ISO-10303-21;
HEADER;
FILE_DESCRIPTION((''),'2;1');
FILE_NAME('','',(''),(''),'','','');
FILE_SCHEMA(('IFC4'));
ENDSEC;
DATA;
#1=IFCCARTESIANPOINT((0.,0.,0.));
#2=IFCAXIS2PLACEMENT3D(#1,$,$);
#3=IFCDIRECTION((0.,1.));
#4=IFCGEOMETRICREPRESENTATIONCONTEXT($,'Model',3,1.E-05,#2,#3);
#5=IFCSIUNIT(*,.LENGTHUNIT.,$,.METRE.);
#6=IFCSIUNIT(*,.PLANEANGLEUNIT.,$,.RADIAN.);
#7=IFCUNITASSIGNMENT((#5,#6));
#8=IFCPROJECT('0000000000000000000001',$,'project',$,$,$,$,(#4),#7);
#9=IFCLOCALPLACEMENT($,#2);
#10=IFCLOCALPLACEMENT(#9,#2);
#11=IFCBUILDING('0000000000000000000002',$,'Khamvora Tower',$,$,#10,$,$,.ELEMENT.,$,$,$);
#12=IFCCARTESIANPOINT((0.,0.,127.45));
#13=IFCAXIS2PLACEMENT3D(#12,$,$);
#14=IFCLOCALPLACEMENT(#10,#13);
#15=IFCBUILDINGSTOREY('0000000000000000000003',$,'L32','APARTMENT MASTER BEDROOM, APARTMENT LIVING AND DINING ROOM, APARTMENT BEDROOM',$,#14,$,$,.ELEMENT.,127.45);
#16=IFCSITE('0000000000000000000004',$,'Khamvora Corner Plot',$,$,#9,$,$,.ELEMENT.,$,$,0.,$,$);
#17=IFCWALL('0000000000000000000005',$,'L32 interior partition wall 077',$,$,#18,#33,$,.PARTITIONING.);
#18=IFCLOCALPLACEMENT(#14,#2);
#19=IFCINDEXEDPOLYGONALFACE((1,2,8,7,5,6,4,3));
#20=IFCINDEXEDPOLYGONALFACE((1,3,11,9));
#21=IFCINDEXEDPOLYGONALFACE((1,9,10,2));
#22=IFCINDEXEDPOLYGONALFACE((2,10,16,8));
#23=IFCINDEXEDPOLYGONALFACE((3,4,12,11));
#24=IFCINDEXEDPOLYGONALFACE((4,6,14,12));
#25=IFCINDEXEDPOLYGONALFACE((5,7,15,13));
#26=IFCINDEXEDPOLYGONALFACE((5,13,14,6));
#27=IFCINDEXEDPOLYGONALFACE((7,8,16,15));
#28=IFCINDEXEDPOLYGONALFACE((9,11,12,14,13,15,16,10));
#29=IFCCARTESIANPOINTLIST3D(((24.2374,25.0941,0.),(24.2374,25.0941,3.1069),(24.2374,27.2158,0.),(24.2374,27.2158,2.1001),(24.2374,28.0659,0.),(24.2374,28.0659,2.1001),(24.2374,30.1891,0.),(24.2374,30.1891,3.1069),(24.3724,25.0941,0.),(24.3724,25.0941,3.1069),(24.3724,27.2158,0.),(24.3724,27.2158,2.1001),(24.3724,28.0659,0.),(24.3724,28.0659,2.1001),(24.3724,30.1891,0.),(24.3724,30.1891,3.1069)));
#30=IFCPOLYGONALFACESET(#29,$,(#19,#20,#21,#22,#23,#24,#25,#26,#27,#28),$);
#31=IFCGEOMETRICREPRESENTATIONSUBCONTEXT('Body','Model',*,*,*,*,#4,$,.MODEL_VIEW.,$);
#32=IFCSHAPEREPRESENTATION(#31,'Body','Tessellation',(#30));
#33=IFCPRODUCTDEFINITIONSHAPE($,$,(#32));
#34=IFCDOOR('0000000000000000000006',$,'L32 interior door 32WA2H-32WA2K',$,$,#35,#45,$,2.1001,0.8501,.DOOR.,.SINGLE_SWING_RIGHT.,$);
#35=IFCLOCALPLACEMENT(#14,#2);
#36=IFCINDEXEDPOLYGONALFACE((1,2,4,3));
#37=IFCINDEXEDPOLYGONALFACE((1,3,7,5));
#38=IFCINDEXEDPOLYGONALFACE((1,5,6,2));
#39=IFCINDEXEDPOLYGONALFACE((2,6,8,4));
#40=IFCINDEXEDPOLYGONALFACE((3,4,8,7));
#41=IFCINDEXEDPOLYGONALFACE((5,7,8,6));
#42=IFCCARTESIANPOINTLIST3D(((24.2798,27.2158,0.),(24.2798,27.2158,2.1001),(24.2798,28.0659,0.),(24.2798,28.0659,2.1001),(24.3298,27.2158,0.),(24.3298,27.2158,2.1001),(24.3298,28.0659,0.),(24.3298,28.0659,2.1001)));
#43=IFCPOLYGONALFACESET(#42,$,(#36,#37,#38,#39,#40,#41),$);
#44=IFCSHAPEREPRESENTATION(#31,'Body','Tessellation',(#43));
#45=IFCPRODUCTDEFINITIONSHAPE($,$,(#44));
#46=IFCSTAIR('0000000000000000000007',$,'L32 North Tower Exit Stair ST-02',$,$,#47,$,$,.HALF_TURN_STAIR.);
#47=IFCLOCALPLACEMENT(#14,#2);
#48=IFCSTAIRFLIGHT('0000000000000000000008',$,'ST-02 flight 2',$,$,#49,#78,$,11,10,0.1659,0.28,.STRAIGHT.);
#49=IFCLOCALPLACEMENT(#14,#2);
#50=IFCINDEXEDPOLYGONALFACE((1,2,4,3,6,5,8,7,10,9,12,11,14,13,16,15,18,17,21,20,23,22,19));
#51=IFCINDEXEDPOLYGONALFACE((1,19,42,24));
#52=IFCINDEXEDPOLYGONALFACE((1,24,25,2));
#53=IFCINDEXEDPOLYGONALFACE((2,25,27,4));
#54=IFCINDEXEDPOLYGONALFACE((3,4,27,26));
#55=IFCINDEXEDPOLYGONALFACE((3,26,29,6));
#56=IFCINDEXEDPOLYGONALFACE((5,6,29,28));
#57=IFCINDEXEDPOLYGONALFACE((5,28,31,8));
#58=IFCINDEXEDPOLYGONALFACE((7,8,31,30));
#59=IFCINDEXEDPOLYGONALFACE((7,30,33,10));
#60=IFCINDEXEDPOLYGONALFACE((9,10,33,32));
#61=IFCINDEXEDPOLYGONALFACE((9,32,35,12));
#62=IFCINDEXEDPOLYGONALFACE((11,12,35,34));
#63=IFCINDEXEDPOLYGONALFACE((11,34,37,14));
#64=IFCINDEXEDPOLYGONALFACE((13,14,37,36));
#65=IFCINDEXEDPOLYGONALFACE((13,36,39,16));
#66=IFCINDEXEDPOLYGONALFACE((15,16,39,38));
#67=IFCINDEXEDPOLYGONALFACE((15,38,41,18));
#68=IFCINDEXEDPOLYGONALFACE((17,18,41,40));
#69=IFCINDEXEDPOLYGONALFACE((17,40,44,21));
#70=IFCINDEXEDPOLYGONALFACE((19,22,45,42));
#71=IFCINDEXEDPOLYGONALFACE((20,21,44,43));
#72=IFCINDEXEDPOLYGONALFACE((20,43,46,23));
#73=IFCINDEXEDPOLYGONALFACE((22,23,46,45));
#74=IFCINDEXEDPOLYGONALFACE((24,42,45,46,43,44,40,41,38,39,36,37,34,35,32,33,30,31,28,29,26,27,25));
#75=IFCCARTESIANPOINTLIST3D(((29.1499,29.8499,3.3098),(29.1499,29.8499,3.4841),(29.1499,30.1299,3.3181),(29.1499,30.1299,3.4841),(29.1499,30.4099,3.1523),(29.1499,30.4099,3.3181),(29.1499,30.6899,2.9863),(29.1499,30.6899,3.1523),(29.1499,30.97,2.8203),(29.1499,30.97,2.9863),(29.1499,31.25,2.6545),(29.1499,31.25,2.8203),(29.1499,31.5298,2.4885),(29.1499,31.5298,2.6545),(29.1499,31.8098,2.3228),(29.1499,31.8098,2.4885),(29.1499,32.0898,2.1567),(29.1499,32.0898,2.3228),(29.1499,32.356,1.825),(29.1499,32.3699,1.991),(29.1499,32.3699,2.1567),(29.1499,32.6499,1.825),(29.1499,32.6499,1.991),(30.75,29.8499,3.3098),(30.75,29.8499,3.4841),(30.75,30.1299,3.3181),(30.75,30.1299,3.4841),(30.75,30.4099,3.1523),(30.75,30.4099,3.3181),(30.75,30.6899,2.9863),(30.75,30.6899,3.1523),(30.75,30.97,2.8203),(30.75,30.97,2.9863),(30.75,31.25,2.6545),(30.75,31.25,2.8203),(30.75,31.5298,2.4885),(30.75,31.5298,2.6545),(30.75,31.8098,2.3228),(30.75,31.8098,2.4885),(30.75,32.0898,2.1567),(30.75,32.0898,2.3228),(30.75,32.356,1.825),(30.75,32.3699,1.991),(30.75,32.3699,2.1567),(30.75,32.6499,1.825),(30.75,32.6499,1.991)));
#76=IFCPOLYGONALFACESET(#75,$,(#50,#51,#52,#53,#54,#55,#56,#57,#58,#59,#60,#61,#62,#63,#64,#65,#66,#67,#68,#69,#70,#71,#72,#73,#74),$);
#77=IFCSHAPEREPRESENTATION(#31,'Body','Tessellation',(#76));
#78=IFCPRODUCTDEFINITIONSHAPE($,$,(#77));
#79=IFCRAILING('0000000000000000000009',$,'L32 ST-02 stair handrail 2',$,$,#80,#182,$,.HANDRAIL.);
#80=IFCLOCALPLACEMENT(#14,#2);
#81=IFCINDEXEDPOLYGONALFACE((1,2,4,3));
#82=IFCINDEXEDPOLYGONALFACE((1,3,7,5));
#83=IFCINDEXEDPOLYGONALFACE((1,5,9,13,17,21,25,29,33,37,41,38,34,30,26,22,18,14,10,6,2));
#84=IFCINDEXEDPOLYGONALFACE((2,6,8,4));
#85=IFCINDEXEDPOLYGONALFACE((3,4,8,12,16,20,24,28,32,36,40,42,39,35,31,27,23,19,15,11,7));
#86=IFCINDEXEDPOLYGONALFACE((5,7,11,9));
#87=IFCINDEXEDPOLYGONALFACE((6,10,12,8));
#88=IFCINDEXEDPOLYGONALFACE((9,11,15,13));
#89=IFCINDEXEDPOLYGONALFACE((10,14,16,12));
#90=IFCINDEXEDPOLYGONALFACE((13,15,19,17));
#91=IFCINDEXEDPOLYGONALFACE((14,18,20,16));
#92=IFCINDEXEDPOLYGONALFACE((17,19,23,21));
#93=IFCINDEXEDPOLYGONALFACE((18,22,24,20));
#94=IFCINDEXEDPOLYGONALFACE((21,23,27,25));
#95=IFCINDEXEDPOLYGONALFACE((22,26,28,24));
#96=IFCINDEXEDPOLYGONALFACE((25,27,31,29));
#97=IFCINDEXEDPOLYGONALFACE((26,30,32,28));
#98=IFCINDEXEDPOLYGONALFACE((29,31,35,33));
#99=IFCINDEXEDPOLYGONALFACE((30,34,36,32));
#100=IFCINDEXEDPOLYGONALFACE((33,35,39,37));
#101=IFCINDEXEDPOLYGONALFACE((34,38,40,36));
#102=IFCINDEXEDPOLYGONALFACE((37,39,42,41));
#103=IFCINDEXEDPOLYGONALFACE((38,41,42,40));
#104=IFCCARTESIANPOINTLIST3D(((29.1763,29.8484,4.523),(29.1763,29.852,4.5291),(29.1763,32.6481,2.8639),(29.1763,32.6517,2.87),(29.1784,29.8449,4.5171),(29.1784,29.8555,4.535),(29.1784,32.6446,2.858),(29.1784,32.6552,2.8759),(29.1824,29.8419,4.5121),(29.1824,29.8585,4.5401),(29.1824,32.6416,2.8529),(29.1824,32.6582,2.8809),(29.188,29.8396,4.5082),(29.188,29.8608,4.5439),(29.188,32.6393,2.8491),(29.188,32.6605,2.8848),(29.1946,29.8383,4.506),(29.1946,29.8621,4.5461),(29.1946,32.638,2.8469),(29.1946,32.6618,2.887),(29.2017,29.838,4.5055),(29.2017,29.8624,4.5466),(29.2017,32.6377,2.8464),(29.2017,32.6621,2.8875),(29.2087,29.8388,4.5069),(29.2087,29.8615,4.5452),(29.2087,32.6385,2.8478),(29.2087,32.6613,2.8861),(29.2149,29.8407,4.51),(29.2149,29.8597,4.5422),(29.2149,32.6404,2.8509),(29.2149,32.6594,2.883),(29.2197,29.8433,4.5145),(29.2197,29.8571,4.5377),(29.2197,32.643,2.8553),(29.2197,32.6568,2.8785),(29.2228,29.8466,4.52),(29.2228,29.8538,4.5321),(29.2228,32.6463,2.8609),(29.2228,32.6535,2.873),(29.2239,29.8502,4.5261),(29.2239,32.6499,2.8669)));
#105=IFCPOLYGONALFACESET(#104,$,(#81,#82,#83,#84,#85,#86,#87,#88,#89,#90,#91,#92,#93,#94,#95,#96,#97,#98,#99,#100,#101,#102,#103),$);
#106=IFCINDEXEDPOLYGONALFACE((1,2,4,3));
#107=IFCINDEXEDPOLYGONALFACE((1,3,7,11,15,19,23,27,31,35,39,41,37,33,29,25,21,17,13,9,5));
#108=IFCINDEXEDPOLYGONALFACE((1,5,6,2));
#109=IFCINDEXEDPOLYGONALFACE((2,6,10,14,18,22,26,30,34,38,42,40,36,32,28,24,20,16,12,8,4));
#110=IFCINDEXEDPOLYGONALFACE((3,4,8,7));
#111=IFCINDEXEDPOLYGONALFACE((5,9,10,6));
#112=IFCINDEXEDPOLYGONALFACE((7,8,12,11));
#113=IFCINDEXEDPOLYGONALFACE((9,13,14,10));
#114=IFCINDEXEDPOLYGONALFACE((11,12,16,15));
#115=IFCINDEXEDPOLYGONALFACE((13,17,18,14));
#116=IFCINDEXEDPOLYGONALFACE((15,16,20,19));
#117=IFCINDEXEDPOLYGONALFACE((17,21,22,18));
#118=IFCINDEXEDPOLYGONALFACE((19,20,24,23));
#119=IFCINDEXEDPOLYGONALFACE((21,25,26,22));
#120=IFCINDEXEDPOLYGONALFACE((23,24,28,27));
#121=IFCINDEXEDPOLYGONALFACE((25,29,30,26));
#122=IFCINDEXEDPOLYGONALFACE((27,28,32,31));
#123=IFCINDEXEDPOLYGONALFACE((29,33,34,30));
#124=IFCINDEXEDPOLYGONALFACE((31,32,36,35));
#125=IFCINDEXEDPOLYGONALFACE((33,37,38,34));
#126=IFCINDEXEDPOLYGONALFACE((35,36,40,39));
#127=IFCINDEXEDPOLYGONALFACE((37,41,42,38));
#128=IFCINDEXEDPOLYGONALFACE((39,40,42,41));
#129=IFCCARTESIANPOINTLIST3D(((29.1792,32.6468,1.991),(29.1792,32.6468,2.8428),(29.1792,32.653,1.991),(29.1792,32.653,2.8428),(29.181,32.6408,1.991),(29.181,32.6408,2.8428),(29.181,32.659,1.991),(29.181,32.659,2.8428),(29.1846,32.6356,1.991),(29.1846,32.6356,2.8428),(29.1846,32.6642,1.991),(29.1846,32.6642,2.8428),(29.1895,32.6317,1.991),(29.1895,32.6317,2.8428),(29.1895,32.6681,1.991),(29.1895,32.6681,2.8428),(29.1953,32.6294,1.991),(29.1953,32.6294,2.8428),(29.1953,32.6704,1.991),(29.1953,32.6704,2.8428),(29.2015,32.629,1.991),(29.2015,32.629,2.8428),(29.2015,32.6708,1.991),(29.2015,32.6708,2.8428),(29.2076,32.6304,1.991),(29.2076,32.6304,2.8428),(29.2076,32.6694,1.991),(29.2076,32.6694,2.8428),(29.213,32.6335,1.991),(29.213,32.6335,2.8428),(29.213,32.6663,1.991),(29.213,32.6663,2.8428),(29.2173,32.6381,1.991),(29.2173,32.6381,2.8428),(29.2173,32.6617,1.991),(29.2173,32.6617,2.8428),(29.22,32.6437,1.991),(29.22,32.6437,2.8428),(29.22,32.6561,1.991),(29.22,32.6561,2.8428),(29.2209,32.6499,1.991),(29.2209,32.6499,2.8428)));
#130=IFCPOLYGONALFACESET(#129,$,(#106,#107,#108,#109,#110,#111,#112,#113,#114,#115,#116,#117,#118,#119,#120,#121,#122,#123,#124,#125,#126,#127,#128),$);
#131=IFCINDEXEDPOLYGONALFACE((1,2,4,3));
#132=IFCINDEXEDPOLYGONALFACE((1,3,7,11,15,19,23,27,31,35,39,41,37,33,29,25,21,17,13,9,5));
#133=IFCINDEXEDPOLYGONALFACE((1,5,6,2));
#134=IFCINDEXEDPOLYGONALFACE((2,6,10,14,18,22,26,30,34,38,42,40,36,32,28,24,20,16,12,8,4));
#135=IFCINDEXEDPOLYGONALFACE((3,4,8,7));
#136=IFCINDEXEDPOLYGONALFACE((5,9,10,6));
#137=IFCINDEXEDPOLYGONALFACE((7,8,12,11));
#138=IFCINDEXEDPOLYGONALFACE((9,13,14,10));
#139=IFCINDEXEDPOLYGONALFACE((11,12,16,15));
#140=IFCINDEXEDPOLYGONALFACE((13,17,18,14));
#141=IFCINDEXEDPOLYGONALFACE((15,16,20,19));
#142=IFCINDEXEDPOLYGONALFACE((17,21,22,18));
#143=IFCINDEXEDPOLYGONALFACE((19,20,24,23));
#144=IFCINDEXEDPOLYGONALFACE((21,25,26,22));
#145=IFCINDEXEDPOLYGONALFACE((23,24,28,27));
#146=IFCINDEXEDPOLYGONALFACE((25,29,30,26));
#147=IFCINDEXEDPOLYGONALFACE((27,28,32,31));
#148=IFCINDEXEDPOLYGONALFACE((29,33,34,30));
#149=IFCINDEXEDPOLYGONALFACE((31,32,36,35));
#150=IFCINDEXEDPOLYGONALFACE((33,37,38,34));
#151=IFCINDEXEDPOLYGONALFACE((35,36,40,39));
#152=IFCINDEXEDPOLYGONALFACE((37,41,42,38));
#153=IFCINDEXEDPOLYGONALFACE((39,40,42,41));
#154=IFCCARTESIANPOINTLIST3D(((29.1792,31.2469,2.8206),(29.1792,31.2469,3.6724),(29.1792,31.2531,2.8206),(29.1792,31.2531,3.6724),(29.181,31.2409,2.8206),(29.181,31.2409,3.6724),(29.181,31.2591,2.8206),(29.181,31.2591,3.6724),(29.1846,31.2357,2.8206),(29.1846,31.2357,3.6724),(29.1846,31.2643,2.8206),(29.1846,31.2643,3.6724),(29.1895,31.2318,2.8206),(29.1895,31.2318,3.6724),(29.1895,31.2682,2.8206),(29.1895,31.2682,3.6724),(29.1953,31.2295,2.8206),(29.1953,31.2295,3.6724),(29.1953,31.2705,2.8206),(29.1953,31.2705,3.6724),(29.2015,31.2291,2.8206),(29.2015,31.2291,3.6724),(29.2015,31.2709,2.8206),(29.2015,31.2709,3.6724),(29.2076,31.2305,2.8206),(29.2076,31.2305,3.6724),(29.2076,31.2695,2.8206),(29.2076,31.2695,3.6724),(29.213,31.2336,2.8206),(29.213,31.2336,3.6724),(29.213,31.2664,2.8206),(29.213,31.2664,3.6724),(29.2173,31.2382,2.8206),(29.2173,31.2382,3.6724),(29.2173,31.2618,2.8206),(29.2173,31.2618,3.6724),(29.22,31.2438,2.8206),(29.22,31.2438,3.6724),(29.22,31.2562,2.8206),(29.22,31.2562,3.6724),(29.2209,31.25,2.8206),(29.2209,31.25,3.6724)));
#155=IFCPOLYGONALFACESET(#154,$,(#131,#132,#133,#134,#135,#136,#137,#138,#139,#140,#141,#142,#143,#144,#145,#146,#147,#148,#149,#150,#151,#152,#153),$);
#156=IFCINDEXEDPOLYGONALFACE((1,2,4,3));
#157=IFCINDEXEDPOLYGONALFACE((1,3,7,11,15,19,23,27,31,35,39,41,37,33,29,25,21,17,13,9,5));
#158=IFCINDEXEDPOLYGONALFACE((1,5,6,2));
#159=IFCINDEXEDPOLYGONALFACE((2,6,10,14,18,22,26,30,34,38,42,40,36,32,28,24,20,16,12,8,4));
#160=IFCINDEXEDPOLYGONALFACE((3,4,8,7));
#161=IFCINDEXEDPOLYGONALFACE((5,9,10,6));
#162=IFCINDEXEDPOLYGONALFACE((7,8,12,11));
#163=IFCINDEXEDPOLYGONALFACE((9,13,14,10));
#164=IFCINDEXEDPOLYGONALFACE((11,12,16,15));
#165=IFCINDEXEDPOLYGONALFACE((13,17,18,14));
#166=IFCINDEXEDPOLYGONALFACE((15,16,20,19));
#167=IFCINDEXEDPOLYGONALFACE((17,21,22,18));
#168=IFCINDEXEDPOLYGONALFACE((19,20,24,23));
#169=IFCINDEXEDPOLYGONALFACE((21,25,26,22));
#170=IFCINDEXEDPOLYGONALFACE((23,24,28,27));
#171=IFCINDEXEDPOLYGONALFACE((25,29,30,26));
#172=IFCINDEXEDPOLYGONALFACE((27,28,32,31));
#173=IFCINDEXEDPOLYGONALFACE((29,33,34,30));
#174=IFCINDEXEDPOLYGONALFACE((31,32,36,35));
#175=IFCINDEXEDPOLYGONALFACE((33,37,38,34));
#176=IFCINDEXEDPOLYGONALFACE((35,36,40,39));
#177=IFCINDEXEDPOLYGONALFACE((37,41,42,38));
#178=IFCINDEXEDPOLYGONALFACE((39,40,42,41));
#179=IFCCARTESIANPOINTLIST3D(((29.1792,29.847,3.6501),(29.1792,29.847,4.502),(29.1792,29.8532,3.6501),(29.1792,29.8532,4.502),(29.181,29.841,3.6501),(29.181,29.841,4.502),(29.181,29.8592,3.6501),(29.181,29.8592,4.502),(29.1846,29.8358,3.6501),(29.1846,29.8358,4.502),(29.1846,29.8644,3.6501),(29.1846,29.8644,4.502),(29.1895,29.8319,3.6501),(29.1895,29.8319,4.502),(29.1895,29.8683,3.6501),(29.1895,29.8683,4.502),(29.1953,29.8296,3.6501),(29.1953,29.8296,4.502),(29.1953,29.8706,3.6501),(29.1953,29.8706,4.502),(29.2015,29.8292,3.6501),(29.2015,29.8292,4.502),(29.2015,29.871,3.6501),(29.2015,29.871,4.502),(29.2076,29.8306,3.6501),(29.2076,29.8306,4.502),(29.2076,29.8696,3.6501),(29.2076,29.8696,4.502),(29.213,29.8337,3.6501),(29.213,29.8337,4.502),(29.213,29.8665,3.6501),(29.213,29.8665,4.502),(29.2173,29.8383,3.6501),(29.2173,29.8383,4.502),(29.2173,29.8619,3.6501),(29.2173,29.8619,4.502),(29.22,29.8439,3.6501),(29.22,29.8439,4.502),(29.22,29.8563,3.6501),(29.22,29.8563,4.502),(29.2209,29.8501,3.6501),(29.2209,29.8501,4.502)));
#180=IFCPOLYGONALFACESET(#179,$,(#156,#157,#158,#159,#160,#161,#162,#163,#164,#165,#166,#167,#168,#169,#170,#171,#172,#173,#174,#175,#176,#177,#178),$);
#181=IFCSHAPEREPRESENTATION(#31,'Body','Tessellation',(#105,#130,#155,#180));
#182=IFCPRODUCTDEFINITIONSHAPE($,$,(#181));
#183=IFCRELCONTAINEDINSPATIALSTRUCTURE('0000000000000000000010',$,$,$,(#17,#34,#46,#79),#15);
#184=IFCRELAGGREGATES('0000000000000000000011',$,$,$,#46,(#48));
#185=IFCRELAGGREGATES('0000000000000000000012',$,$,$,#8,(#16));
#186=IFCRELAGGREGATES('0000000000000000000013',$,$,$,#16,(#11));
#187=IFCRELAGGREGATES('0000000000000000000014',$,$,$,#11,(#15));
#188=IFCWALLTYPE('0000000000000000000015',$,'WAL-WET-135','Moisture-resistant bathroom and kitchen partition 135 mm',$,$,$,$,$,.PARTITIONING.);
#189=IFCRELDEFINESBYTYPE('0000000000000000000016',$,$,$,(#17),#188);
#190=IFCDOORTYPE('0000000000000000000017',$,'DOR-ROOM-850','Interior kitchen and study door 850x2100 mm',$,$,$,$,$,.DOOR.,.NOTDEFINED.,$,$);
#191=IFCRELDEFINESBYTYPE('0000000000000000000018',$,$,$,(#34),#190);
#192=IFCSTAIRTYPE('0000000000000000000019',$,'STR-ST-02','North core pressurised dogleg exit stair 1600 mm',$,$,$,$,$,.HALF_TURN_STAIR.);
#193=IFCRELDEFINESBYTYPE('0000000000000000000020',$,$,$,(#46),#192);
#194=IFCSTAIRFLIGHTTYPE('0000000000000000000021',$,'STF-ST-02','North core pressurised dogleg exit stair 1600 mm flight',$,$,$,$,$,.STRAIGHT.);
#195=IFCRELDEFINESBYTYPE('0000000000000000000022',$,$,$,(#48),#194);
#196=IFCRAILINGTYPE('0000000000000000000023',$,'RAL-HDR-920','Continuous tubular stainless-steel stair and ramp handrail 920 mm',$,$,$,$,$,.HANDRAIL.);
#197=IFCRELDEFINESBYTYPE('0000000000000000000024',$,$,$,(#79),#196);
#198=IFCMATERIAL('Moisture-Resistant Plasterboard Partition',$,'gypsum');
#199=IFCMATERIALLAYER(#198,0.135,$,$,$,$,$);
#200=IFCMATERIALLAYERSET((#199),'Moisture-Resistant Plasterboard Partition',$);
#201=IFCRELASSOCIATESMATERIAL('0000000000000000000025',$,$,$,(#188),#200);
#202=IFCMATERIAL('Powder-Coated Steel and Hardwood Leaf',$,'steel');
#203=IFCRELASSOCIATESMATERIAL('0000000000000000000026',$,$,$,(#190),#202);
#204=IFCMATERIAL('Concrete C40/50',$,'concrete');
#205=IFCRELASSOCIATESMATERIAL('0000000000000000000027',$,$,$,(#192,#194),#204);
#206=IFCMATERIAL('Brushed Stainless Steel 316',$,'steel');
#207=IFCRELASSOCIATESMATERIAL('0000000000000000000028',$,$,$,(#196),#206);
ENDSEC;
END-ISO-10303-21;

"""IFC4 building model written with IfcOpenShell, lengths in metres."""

from ifc_helpers import new_model, si_unit, direction, frame, frame_2d, origin, origin_2d, place, context, subcontext, project, spatial, polyline, rectangle, circle, outline, extrude, material, layer, layer_set, type_object, element, fill, aggregate, save


model = new_model("IFC4")

# Units and contexts
model_context = context("Model", 3, precision=1e-05, world=origin(), true_north=direction((0.0, 1.0)))
body_context = subcontext(model_context, "Body", "Model", "MODEL_VIEW")
ifc_project = project(units=[si_unit("LENGTHUNIT", "METRE"), si_unit("PLANEANGLEUNIT", "RADIAN")], contexts=[model_context])

# Site, building, storey
site_placement = place(None, origin())
site = spatial("IfcSite", under=ifc_project, at=site_placement, Name="Khamvora Corner Plot", CompositionType="ELEMENT", RefElevation=0.0)
building_placement = place(site_placement, origin())
building = spatial("IfcBuilding", under=site, at=building_placement, Name="Khamvora Tower", CompositionType="ELEMENT")
storey_placement = place(building_placement, frame((0.0, 0.0, 127.45)))
storey = spatial("IfcBuildingStorey", under=building, at=storey_placement, Name="L32", Description="APARTMENT MASTER BEDROOM, APARTMENT LIVING AND DINING ROOM, APARTMENT BEDROOM", CompositionType="ELEMENT", Elevation=127.45)

# Shared definitions
ifc_material_1 = material(Name="Powder-Coated Steel and Hardwood Leaf", Category="steel")

# Shared definitions
ifc_material_2 = material(Name="Moisture-Resistant Plasterboard Partition", Category="gypsum")
ifc_layer_1 = layer(ifc_material_2, 0.135)
ifc_layer_set_1 = layer_set([ifc_layer_1], Name="Moisture-Resistant Plasterboard Partition")
wall_type_1 = type_object("IfcWallType", Name="WAL-WET-135", Description="Moisture-resistant bathroom and kitchen partition 135 mm", PredefinedType="PARTITIONING", material=ifc_layer_set_1)

# Wall, opening, door
wall_1_placement = place(storey_placement, frame((24.3049, 30.189, 0.0), z_axis=(0.0, 0.0, 1.0), x_axis=(0.0, -1.0, 0.0)))
wall_1 = element("IfcWall", 1, at=wall_1_placement, inside=storey, type_object=wall_type_1, Name="L32 interior partition wall 077", PredefinedType="PARTITIONING", context=body_context, shape_type="SweptSolid", body=[
    extrude(rectangle(XDim=5.095, YDim=0.135, at=frame_2d((2.5474, 0.0))), origin(), (0.0, 0.0, 1.0), 3.1069),
])
opening_1_placement = place(wall_1_placement, frame((2.123, 0.0, 0.0)))
opening_1 = element("IfcOpeningElement", 2, at=opening_1_placement, cuts=wall_1, PredefinedType="OPENING", context=body_context, shape_type="SweptSolid", body=[
    extrude(rectangle(XDim=0.8501, YDim=2.1001, at=frame_2d((0.425, 1.05))), frame((0.0, 0.0774, 0.0), z_axis=(0.0, -1.0, 0.0), x_axis=(1.0, 0.0, 0.0)), (0.0, 0.0, 1.0), 0.155),
])
door_type_1 = type_object("IfcDoorType", Name="DOR-ROOM-850", Description="Interior kitchen and study door 850x2100 mm", OperationType="NOTDEFINED", PredefinedType="DOOR", material=ifc_material_1)
door_1_placement = place(opening_1_placement, origin())
door_1 = element("IfcDoor", 3, at=door_1_placement, inside=storey, type_object=door_type_1, Name="L32 interior door 32WA2H-32WA2K", OperationType="SINGLE_SWING_RIGHT", OverallHeight=2.1001, OverallWidth=0.8501, PredefinedType="DOOR", context=body_context, shape_type="SweptSolid", body=[
    extrude(rectangle(XDim=0.8501, YDim=2.1001, at=frame_2d((0.425, 1.05))), frame((0.0, 0.0249, 0.0), z_axis=(0.0, -1.0, 0.0), x_axis=(1.0, 0.0, 0.0)), (0.0, 0.0, 1.0), 0.05),
])
fill(opening_1, door_1)

# Stair, stair flight
ifc_material_3 = material(Name="Concrete C40/50", Category="concrete")
stair_type = type_object("IfcStairType", Name="STR-ST-02", Description="North core pressurised dogleg exit stair 1600 mm", PredefinedType="HALF_TURN_STAIR", material=ifc_material_3)
stair_placement = place(storey_placement, origin())
stair = element("IfcStair", 4, at=stair_placement, inside=storey, type_object=stair_type, Name="L32 North Tower Exit Stair ST-02", PredefinedType="HALF_TURN_STAIR")
stair_flight_type = type_object("IfcStairFlightType", Name="STF-ST-02", Description="North core pressurised dogleg exit stair 1600 mm flight", PredefinedType="STRAIGHT", material=ifc_material_3)
stair_flight_placement = place(storey_placement, frame((29.95, 32.6499, 1.825), z_axis=(0.0, 0.0, 1.0), x_axis=(0.0, -1.0, 0.0)))
stair_flight = element("IfcStairFlight", 5, at=stair_flight_placement, type_object=stair_flight_type, Name="ST-02 flight 2", NumberOfRisers=11, NumberOfTreads=10, PredefinedType="STRAIGHT", RiserHeight=0.1659, TreadLength=0.28, context=body_context, shape_type="SweptSolid", body=[
    extrude(outline(polyline([(0.0, 0.0), (0.0, 0.166), (0.28, 0.166), (0.28, 0.3318), (0.5601, 0.3318), (0.5601, 0.4978), (0.8401, 0.4978), (0.8401, 0.6636), (1.1201, 0.6636), (1.1201, 0.8296), (1.3999, 0.8296), (1.3999, 0.9954), (1.6799, 0.9954), (1.6799, 1.1614), (1.96, 1.1614), (1.96, 1.3274), (2.24, 1.3274), (2.24, 1.4932), (2.52, 1.4932), (2.52, 1.6592), (2.8, 1.6592), (2.8, 1.825), (2.8, 1.4849), (0.2939, 0.0), (0.0, 0.0)])), frame((0.0, 0.8, 0.0), z_axis=(0.0, -1.0, 0.0), x_axis=(1.0, 0.0, 0.0)), (0.0, 0.0, 1.0), 1.6001),
])
aggregate(stair, [stair_flight])

# Railing
ifc_material_4 = material(Name="Brushed Stainless Steel 316", Category="steel")
railing_type_1 = type_object("IfcRailingType", Name="RAL-HDR-920", Description="Continuous tubular stainless-steel stair and ramp handrail 920 mm", PredefinedType="HANDRAIL", material=ifc_material_4)
railing_1_placement = place(storey_placement, frame((29.2, 32.6499, 1.991)))
element("IfcRailing", 6, at=railing_1_placement, inside=storey, type_object=railing_type_1, Name="L32 ST-02 stair handrail 2", PredefinedType="HANDRAIL", context=body_context, shape_type="SweptSolid", body=[
    extrude(circle(Radius=0.0239, at=origin_2d()), frame((0.0, 0.0, 0.876), z_axis=(0.0, -0.860287, 0.509811), x_axis=(1.0, 0.0, 0.0)), (0.0, 0.0, 1.0), 3.2544),
    extrude(circle(Radius=0.021, at=origin_2d()), origin(), (0.0, 0.0, 1.0), 0.8518),
    extrude(circle(Radius=0.021, at=origin_2d()), frame((0.0, -1.3999, 0.8296)), (0.0, 0.0, 1.0), 0.8518),
    extrude(circle(Radius=0.021, at=origin_2d()), frame((0.0, -2.7998, 1.6592)), (0.0, 0.0, 1.0), 0.8518),
])

save(model, "model.ifc")
